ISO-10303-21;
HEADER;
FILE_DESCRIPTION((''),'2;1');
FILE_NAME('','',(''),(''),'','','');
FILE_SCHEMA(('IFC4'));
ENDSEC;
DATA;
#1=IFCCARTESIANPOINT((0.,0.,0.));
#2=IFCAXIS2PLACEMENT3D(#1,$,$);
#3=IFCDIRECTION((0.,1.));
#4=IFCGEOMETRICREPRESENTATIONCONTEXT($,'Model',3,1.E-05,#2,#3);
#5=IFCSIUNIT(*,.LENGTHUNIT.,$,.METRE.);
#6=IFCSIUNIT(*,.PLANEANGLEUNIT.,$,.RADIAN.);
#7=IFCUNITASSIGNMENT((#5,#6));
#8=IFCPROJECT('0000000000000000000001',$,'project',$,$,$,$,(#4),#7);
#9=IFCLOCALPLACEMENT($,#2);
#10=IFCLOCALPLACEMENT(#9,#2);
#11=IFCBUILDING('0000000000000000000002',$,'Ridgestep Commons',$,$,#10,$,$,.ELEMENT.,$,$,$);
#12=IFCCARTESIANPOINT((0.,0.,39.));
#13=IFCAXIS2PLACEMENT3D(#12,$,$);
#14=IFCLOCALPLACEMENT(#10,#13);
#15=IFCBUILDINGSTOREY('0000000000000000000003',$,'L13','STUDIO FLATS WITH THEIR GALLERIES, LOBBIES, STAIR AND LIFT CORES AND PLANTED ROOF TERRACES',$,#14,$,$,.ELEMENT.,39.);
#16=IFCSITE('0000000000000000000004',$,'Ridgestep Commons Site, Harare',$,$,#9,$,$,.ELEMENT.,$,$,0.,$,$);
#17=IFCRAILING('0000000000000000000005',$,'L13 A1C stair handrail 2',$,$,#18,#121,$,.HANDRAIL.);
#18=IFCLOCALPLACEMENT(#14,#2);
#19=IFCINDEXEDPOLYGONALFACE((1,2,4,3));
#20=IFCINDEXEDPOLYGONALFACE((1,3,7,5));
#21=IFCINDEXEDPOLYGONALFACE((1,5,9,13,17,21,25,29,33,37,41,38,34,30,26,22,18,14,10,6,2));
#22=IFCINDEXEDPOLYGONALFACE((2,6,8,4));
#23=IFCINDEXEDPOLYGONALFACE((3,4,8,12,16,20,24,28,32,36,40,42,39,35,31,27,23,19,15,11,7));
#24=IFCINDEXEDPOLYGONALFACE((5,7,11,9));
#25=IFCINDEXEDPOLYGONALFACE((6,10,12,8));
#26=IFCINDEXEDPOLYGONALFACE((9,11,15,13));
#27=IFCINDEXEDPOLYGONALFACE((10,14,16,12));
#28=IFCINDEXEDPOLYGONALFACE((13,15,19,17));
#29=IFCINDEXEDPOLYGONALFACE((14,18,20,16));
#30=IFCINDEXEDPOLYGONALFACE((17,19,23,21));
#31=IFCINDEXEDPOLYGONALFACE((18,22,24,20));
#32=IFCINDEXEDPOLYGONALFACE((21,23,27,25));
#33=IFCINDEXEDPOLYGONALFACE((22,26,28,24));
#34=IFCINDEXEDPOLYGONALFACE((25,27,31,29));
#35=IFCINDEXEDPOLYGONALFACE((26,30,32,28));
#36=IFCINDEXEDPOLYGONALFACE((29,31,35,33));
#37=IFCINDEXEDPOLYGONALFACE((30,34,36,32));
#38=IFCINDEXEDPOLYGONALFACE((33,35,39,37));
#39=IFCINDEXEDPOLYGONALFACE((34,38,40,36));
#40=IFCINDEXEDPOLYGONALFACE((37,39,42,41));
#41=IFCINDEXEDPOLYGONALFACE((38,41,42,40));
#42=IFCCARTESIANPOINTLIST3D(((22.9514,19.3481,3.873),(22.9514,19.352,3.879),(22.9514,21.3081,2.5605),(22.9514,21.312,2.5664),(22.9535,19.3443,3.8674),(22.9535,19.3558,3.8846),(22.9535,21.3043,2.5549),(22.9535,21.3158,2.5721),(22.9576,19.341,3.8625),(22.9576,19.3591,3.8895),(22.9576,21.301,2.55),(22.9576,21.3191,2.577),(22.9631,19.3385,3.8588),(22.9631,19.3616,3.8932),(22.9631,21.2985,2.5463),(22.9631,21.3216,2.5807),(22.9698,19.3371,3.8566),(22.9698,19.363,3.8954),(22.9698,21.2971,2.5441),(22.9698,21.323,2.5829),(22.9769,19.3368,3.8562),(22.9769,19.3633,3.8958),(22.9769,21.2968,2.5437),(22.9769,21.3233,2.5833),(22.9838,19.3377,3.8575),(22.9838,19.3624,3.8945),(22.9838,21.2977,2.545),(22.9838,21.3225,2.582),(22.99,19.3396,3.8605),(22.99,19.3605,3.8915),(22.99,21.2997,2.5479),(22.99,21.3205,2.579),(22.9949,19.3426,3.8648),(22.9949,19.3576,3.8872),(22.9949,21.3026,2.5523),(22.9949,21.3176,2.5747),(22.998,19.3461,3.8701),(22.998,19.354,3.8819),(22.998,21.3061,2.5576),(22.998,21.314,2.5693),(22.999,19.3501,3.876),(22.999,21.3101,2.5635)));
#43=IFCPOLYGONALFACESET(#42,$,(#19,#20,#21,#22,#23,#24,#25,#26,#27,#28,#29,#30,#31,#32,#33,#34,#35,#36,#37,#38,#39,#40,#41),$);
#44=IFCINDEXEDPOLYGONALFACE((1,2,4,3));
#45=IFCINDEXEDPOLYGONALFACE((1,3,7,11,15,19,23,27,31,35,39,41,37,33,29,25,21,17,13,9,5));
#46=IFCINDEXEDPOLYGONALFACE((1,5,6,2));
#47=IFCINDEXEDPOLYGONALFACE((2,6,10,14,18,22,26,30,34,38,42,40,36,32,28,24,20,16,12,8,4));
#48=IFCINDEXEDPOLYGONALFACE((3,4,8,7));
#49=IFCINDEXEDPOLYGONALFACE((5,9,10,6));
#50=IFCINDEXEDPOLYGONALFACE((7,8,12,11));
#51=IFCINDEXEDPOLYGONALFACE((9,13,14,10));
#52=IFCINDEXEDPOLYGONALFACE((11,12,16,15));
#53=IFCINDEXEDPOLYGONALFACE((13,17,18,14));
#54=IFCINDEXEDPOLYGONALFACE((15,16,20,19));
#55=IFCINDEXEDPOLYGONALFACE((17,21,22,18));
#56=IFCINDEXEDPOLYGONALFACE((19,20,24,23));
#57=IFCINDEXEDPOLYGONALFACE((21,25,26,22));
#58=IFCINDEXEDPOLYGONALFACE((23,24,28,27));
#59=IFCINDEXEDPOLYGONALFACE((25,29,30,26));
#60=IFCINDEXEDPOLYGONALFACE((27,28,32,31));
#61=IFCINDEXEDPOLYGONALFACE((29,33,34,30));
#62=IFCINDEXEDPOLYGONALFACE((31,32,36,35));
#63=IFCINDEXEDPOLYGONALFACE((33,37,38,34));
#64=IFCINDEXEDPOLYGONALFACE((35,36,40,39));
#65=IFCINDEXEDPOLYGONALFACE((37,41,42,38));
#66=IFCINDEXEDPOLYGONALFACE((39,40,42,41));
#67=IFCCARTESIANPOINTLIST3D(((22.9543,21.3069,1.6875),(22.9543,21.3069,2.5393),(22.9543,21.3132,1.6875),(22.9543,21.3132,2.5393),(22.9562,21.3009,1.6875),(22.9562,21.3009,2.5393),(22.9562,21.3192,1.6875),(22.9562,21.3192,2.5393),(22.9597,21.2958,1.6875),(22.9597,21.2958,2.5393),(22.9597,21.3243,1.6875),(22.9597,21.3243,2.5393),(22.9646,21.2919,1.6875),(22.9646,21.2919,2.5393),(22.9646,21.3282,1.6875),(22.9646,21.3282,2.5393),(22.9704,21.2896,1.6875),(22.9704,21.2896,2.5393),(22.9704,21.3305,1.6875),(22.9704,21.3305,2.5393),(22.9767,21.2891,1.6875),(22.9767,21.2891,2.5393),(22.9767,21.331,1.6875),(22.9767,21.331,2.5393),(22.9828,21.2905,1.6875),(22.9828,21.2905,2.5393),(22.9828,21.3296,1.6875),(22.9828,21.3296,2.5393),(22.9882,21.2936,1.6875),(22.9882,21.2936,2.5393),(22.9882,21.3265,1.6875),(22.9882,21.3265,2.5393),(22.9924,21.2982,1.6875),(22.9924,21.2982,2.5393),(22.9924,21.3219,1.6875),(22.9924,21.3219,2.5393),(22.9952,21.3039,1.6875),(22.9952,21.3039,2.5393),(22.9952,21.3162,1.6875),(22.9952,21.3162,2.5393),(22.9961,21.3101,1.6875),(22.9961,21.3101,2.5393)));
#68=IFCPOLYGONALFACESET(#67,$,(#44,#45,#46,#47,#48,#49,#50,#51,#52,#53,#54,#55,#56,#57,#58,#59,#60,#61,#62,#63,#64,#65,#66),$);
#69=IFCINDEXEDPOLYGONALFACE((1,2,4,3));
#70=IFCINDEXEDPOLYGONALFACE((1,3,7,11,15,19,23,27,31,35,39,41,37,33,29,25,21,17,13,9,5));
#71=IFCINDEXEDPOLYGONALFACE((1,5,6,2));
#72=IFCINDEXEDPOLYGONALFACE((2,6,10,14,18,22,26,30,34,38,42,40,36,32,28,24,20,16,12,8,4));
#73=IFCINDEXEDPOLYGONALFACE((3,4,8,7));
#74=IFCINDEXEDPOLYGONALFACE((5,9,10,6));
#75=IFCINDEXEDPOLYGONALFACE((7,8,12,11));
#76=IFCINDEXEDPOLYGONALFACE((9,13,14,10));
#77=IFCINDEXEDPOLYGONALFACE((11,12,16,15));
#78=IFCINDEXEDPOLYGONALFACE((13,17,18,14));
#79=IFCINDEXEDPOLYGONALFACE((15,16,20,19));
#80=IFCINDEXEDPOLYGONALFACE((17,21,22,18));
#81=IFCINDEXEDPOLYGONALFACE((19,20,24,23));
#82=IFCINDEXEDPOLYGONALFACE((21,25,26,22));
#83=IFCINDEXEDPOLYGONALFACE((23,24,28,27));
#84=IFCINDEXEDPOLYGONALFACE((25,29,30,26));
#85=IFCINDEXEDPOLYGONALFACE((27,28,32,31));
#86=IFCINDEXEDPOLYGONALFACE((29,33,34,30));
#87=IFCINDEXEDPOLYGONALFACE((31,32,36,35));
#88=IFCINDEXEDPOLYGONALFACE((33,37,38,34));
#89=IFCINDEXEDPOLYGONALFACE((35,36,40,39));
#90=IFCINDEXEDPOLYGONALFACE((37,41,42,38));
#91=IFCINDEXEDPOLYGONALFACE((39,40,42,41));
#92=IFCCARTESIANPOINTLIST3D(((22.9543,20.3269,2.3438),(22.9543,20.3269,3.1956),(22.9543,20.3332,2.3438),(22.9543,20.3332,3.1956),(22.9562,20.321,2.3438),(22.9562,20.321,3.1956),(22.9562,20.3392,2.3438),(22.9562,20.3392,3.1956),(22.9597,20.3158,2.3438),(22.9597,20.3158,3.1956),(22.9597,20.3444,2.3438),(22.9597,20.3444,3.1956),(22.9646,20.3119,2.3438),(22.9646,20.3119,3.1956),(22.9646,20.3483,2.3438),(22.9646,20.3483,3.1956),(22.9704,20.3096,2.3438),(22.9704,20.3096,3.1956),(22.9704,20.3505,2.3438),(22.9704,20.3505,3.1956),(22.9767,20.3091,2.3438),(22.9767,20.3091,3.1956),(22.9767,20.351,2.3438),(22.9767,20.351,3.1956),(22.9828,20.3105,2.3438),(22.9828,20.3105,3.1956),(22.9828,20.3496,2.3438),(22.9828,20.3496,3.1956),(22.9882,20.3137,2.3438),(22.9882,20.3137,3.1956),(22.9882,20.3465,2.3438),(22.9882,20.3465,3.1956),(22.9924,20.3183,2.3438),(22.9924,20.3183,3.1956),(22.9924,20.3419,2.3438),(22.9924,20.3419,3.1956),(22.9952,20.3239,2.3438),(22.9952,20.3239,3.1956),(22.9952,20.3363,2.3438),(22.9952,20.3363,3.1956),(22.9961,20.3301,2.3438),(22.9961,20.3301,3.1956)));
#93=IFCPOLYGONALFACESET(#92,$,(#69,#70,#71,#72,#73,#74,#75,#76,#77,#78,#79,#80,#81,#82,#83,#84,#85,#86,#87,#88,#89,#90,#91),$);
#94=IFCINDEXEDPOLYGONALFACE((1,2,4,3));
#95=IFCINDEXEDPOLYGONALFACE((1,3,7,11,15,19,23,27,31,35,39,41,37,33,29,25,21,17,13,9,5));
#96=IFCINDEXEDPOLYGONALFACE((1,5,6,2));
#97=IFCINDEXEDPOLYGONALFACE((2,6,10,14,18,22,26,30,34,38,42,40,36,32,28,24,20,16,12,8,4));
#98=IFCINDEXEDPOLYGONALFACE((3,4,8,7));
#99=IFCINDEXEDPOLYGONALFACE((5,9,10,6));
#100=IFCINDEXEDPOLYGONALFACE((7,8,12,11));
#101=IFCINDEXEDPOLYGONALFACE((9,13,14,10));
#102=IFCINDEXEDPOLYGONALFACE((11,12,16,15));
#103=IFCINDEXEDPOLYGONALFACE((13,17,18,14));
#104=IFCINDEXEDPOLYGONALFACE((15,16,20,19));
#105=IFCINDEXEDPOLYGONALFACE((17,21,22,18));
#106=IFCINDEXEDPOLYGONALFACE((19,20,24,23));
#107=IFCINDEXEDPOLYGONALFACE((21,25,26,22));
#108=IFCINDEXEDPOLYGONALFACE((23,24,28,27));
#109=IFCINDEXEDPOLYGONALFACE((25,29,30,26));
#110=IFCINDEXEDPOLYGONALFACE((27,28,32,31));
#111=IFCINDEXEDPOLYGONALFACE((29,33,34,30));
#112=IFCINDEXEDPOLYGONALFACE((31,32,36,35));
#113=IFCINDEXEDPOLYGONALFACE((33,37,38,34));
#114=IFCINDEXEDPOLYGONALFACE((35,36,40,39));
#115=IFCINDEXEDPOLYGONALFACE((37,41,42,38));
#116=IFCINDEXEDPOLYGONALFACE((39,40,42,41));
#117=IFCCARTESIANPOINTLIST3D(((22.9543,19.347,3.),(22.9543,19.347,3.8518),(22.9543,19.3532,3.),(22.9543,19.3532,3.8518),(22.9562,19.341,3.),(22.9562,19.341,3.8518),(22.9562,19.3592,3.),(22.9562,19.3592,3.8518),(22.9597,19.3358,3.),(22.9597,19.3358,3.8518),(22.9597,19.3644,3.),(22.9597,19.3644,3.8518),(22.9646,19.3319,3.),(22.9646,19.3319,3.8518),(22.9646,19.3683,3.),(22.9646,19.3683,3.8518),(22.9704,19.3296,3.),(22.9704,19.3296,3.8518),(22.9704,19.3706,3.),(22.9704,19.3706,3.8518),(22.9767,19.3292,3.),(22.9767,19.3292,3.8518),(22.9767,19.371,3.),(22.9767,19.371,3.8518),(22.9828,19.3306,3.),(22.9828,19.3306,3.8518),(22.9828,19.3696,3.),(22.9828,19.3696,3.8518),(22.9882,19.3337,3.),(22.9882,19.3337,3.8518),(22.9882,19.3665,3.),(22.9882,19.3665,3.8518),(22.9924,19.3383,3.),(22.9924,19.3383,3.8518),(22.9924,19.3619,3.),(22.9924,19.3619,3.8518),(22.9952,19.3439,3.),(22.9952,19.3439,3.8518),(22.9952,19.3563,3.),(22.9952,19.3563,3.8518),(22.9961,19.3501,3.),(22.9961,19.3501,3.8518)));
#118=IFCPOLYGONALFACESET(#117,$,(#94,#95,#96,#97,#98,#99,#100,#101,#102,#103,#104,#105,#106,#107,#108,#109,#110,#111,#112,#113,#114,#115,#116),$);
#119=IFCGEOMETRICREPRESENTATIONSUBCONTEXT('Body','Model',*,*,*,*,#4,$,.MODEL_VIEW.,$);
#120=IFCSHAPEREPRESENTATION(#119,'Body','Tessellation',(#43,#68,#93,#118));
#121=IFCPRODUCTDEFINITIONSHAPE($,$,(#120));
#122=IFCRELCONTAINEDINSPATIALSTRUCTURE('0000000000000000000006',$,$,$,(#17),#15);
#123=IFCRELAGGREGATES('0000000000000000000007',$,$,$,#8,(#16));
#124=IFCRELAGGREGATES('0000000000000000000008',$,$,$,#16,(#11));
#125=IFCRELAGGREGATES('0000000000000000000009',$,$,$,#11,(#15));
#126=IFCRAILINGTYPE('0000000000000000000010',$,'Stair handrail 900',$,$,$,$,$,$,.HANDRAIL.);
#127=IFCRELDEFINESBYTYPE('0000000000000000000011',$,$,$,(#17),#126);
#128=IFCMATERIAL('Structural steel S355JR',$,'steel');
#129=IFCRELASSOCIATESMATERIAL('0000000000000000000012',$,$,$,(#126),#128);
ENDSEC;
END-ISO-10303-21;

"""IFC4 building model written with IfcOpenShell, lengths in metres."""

from ifc_helpers import new_model, si_unit, direction, frame, origin, origin_2d, place, context, subcontext, project, spatial, circle, extrude, material, type_object, element, save


model = new_model("IFC4")

# Units and contexts
model_context = context("Model", 3, precision=1e-05, world=origin(), true_north=direction((0.0, 1.0)))
body_context = subcontext(model_context, "Body", "Model", "MODEL_VIEW")
ifc_project = project(units=[si_unit("LENGTHUNIT", "METRE"), si_unit("PLANEANGLEUNIT", "RADIAN")], contexts=[model_context])

# Site, building, storey
site_placement = place(None, origin())
site = spatial("IfcSite", under=ifc_project, at=site_placement, Name="Ridgestep Commons Site, Harare", CompositionType="ELEMENT", RefElevation=0.0)
building_placement = place(site_placement, origin())
building = spatial("IfcBuilding", under=site, at=building_placement, Name="Ridgestep Commons", CompositionType="ELEMENT")
storey_placement = place(building_placement, frame((0.0, 0.0, 39.0)))
storey = spatial("IfcBuildingStorey", under=building, at=storey_placement, Name="L13", Description="STUDIO FLATS WITH THEIR GALLERIES, LOBBIES, STAIR AND LIFT CORES AND PLANTED ROOF TERRACES", CompositionType="ELEMENT", Elevation=39.0)

# Railing
ifc_material_1 = material(Name="Structural steel S355JR", Category="steel")
railing_type_1 = type_object("IfcRailingType", Name="Stair handrail 900", PredefinedType="HANDRAIL", material=ifc_material_1)
railing_1_placement = place(storey_placement, frame((22.9751, 21.3101, 1.6875)))
element("IfcRailing", 1, at=railing_1_placement, inside=storey, type_object=railing_type_1, Name="L13 A1C stair handrail 2", PredefinedType="HANDRAIL", context=body_context, shape_type="SweptSolid", body=[
    extrude(circle(Radius=0.0239, at=origin_2d()), frame((0.0, 0.0, 0.876), z_axis=(0.0, -0.830902, 0.556419), x_axis=(1.0, 0.0, 0.0)), (0.0, 0.0, 1.0), 2.3589),
    extrude(circle(Radius=0.021, at=origin_2d()), origin(), (0.0, 0.0, 1.0), 0.8518),
    extrude(circle(Radius=0.021, at=origin_2d()), frame((0.0, -0.98, 0.6562)), (0.0, 0.0, 1.0), 0.8518),
    extrude(circle(Radius=0.021, at=origin_2d()), frame((0.0, -1.96, 1.3125)), (0.0, 0.0, 1.0), 0.8518),
])

save(model, "model.ifc")
